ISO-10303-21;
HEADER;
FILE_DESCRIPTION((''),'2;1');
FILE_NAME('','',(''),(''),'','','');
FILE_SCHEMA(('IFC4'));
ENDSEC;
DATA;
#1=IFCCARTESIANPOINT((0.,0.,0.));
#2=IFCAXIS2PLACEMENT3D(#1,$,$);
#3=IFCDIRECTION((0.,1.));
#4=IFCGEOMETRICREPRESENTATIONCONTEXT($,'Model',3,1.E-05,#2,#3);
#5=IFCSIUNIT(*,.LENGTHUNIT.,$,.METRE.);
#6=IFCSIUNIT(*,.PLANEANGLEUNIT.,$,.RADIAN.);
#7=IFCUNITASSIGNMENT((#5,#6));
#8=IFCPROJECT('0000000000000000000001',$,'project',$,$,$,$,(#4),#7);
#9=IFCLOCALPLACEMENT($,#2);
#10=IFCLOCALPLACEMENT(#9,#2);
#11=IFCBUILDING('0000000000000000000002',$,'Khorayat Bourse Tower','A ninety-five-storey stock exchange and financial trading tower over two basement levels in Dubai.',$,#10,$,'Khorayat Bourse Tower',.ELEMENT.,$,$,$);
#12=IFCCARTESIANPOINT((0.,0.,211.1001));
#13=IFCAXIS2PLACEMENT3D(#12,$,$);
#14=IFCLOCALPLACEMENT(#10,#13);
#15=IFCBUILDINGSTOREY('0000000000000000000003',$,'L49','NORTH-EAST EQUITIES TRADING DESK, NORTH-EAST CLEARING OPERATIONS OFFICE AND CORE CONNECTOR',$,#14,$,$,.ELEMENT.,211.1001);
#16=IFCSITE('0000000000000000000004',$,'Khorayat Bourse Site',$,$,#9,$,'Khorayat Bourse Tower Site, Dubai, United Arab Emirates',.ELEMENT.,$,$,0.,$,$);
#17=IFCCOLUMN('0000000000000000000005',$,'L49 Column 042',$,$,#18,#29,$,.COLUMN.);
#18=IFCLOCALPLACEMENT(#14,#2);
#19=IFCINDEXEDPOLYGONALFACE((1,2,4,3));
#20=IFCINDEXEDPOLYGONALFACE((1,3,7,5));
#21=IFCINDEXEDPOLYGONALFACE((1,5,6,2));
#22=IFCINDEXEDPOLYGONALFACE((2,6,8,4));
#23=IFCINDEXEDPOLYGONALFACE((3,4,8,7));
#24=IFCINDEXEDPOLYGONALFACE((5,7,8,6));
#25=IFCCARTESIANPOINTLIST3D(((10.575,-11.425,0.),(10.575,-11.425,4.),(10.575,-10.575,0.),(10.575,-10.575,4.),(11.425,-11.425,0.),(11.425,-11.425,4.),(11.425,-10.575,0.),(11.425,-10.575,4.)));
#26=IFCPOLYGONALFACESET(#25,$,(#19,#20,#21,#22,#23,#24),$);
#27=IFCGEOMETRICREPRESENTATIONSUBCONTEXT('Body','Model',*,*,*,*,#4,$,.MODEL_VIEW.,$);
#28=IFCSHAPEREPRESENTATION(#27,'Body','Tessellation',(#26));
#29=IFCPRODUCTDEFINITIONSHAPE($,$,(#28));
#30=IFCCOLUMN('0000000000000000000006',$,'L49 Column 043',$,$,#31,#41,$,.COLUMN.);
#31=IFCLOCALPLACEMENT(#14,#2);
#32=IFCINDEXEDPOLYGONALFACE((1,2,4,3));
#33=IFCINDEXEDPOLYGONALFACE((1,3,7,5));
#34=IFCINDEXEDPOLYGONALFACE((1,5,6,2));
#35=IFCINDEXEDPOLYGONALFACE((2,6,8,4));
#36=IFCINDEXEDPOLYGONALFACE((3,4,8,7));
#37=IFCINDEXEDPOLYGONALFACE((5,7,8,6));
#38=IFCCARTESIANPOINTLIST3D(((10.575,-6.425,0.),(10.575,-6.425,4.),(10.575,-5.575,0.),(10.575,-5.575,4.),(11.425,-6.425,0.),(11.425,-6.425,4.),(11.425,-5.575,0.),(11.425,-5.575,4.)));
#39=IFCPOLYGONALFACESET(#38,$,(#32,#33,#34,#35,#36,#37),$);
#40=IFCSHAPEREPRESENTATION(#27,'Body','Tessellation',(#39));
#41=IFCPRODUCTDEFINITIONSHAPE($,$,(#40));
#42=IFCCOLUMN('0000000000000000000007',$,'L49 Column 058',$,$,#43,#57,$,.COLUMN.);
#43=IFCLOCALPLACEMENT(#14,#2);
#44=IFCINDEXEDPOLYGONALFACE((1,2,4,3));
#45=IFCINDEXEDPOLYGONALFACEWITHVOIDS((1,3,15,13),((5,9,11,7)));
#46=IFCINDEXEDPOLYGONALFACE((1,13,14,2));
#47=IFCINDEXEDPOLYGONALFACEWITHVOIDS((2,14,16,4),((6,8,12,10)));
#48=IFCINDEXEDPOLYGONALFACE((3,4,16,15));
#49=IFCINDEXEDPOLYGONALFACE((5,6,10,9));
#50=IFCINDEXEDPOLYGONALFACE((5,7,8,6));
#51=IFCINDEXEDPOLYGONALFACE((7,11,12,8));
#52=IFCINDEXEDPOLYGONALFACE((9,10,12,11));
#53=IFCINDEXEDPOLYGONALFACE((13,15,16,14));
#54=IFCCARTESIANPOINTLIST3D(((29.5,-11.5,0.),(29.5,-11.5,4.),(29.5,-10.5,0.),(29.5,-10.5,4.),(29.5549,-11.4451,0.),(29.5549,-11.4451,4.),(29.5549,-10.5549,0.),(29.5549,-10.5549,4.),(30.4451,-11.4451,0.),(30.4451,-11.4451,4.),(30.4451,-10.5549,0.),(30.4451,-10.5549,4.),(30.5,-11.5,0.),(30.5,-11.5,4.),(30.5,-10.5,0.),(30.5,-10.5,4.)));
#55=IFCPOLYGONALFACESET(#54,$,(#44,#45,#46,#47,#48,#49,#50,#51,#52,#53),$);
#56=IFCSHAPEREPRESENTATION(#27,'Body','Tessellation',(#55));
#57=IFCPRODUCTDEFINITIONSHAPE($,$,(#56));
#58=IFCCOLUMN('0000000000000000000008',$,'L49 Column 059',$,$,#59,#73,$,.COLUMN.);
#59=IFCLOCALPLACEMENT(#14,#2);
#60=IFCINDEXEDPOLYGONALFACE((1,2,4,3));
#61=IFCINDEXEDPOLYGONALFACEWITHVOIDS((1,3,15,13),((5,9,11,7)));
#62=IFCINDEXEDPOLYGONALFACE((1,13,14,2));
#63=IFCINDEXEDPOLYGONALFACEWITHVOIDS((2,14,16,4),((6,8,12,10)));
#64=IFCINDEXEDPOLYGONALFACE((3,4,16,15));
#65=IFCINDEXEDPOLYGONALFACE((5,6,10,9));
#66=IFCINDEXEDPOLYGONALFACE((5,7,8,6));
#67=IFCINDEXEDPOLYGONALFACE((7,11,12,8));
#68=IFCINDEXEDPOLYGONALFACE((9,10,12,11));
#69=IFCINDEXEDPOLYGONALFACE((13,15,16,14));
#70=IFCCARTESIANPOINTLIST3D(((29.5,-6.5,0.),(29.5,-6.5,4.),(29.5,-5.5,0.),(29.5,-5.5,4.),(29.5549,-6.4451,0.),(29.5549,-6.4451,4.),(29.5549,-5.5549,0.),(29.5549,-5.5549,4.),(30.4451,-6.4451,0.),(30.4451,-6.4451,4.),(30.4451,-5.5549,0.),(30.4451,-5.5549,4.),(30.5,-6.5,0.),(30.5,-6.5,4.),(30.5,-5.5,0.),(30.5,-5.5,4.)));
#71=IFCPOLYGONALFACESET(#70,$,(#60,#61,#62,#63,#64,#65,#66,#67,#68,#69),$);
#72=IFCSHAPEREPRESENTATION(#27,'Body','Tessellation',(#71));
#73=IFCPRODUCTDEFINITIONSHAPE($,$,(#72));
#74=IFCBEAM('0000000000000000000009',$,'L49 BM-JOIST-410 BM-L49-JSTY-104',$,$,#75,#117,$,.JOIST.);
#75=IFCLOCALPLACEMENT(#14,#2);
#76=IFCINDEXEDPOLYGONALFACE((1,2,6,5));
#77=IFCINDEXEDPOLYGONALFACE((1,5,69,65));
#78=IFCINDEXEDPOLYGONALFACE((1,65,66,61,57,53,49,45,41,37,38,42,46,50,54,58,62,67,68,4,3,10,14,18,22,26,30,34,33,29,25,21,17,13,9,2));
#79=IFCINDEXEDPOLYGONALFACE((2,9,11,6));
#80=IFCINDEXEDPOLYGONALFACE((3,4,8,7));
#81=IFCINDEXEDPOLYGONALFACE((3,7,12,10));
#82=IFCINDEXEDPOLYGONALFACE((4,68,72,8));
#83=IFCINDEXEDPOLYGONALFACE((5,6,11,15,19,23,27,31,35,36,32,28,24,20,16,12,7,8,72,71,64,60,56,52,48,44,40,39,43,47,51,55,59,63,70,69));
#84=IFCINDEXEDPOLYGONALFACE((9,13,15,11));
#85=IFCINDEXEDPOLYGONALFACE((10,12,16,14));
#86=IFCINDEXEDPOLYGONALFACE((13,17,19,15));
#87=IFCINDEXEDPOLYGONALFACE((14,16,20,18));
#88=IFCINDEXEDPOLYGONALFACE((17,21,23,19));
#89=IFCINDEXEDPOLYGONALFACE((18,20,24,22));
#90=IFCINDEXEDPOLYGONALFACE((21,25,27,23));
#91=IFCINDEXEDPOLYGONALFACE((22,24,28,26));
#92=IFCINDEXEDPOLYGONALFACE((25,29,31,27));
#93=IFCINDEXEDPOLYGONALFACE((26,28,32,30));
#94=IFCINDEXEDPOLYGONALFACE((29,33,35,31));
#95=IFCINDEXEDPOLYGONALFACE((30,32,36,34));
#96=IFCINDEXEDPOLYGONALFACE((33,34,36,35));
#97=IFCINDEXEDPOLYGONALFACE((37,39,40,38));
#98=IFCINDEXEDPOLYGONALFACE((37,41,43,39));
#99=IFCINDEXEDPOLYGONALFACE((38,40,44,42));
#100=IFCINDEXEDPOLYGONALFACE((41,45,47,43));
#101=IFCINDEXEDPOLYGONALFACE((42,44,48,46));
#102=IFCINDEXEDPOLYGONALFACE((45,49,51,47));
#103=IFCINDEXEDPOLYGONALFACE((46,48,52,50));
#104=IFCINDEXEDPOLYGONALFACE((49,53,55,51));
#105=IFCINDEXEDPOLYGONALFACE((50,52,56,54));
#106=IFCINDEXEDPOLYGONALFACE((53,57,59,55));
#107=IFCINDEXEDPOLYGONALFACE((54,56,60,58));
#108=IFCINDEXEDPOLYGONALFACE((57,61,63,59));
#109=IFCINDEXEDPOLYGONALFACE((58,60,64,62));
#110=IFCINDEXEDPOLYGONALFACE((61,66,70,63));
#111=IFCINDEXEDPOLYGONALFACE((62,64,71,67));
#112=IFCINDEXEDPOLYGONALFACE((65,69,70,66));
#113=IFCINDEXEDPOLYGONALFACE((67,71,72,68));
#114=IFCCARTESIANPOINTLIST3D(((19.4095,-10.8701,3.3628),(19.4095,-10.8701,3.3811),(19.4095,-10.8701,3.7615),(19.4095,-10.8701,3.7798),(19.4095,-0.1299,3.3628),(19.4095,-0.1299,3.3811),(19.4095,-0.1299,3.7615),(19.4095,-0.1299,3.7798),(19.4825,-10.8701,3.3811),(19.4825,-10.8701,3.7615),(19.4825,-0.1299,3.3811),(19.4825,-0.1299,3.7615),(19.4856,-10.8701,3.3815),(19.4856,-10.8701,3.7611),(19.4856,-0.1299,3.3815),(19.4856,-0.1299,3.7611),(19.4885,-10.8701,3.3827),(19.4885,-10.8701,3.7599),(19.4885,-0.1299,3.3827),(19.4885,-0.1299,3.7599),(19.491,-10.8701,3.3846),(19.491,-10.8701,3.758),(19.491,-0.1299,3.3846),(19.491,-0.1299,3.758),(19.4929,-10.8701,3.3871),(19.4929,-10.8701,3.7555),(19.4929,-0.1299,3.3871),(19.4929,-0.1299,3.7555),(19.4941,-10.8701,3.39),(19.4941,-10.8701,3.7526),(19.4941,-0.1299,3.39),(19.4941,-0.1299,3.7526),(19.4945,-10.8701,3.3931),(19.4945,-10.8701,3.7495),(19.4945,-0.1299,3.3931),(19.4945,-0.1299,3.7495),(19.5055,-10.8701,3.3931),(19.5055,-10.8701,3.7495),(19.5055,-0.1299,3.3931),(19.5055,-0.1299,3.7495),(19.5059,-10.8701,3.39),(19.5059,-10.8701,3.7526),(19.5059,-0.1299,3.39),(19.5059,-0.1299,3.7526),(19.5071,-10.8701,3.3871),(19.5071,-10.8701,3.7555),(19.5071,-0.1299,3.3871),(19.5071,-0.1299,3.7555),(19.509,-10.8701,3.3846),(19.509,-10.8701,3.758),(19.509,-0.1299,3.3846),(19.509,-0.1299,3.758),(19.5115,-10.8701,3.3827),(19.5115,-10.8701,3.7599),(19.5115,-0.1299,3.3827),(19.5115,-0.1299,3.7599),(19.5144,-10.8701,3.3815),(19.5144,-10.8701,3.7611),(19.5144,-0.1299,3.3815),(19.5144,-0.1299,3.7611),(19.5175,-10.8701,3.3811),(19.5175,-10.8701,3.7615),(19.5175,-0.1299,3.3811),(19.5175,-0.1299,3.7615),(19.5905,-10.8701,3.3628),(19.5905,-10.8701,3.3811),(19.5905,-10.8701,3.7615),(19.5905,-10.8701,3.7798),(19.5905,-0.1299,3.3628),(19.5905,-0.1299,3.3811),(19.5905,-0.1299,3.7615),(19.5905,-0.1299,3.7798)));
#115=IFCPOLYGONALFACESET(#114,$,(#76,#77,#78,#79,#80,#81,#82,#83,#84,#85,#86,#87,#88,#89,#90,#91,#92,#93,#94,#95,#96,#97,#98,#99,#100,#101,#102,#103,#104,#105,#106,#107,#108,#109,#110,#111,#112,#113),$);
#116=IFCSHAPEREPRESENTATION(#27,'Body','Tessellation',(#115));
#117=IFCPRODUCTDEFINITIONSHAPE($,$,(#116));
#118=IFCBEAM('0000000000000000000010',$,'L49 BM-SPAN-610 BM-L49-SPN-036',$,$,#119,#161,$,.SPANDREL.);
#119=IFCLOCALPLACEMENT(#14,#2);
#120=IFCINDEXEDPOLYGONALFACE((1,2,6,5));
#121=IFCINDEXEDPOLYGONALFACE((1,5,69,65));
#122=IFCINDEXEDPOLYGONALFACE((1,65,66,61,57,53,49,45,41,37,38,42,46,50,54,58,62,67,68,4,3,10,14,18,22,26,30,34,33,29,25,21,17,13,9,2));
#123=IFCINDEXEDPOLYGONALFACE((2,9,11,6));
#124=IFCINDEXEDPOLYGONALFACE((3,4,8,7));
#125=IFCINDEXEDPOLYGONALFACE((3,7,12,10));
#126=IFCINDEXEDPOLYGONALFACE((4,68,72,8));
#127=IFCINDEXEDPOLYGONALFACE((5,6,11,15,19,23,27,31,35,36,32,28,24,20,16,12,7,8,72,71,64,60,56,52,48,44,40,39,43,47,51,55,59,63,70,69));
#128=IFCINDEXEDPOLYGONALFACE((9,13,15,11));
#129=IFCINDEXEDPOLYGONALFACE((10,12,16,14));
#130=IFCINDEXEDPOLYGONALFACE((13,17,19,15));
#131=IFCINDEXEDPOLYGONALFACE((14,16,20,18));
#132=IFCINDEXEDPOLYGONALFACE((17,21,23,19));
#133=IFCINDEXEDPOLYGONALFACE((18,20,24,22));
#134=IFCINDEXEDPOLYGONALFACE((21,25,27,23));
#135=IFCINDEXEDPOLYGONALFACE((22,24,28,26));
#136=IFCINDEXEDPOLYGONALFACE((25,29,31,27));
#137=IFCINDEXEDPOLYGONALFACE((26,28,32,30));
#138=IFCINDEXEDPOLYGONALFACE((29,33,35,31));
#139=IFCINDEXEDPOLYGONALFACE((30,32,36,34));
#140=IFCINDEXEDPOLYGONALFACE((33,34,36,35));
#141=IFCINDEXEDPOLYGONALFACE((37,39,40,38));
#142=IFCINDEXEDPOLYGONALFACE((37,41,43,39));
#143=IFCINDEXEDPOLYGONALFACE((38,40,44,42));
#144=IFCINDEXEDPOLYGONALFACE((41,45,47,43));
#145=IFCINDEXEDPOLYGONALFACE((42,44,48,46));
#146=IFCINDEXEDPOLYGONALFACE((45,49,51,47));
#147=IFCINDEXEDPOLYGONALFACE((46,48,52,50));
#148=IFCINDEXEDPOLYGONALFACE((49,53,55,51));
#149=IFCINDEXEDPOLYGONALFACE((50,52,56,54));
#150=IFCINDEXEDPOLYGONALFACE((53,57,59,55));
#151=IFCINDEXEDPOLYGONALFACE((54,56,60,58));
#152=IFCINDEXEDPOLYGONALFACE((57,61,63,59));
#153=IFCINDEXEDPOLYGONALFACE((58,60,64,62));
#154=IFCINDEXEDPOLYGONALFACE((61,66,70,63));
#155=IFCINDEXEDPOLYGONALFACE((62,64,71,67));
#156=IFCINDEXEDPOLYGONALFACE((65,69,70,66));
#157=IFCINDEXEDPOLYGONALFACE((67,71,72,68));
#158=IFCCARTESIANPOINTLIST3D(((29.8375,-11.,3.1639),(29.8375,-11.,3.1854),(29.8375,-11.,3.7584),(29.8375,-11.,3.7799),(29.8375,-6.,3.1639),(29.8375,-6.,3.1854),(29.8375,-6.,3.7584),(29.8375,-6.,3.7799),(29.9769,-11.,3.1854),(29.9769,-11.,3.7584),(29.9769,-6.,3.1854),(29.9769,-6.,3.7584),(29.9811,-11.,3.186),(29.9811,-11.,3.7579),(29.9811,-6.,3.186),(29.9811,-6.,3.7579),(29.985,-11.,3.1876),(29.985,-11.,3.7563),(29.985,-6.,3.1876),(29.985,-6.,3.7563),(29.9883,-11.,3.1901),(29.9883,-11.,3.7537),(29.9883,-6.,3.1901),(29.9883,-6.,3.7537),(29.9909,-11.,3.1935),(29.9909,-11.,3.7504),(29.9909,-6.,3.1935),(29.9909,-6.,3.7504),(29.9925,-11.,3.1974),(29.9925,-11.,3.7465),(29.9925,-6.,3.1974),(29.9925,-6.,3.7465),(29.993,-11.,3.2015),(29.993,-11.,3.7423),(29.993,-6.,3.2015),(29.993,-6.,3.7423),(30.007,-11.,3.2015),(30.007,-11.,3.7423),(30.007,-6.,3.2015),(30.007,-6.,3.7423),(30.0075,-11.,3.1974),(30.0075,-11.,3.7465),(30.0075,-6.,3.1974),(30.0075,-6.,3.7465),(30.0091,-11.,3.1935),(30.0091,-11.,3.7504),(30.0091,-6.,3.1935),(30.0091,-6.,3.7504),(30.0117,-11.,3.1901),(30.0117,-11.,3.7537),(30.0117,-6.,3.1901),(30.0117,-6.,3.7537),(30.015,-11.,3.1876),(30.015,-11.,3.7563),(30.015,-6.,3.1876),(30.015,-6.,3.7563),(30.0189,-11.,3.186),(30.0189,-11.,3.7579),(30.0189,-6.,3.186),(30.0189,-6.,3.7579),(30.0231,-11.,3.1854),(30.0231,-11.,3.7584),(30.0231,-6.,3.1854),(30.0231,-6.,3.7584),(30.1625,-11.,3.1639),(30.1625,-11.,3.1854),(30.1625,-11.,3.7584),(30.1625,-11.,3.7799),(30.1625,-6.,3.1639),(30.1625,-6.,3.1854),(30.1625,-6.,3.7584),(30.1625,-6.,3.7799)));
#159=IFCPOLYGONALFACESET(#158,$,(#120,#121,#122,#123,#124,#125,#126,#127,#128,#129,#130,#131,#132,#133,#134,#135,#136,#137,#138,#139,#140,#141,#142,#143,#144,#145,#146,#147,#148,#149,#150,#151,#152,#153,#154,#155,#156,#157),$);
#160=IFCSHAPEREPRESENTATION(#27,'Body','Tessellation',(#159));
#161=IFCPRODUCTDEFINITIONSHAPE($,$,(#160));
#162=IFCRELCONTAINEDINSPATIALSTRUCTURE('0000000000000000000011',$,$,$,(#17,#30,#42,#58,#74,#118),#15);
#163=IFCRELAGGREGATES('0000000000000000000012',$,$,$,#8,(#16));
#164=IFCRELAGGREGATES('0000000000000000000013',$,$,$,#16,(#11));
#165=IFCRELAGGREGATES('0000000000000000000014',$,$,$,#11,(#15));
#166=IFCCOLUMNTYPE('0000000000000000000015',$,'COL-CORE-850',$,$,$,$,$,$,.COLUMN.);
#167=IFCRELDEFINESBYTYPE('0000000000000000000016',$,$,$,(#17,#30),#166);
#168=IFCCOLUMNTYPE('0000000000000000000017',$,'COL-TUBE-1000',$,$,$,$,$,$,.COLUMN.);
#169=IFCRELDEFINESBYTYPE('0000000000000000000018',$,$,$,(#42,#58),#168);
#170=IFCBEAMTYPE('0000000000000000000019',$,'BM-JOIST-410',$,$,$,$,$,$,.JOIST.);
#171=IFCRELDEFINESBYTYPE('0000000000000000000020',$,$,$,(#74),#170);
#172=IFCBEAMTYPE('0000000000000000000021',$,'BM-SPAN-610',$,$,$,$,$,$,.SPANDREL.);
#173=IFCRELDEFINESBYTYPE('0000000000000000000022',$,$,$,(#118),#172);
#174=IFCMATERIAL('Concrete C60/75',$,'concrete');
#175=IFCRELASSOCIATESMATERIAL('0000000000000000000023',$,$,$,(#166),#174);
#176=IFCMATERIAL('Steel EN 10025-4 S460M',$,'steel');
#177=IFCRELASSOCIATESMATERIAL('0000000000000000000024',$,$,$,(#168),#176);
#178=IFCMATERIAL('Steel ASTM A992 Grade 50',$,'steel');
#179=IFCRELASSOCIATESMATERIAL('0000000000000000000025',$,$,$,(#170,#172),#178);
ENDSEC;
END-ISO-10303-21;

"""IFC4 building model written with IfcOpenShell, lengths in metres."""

from ifc_helpers import new_model, si_unit, direction, frame, origin, origin_2d, place, context, subcontext, project, spatial, rectangle, hollow_rectangle, i_section, extrude, source, transform, mapped, material, material_profile, profile_set, type_object, element, save


model = new_model("IFC4")

# Units and contexts
model_context = context("Model", 3, precision=1e-05, world=origin(), true_north=direction((0.0, 1.0)))
body_context = subcontext(model_context, "Body", "Model", "MODEL_VIEW")
ifc_project = project(units=[si_unit("LENGTHUNIT", "METRE"), si_unit("PLANEANGLEUNIT", "RADIAN")], contexts=[model_context])

# Site, building, storey
site_placement = place(None, origin())
site = spatial("IfcSite", under=ifc_project, at=site_placement, Name="Khorayat Bourse Site", LongName="Khorayat Bourse Tower Site, Dubai, United Arab Emirates", CompositionType="ELEMENT", RefElevation=0.0)
building_placement = place(site_placement, origin())
building = spatial("IfcBuilding", under=site, at=building_placement, Name="Khorayat Bourse Tower", Description="A ninety-five-storey stock exchange and financial trading tower over two basement levels in Dubai.", LongName="Khorayat Bourse Tower", CompositionType="ELEMENT")
storey_placement = place(building_placement, frame((0.0, 0.0, 211.1001)))
storey = spatial("IfcBuildingStorey", under=building, at=storey_placement, Name="L49", Description="NORTH-EAST EQUITIES TRADING DESK, NORTH-EAST CLEARING OPERATIONS OFFICE AND CORE CONNECTOR", CompositionType="ELEMENT", Elevation=211.1001)

# Columns
ifc_material_1 = material(Name="Concrete C60/75", Category="concrete")
ifc_material_profile_1 = material_profile(ifc_material_1, rectangle(XDim=0.8501, YDim=0.8501, at=origin_2d()), Name="RC 850x850")
ifc_profile_set_1 = profile_set([ifc_material_profile_1], Name="Concrete C60/75")
column_type_1 = type_object("IfcColumnType", Name="COL-CORE-850", PredefinedType="COLUMN", material=ifc_profile_set_1)
shared_shape_1 = source(origin(), body_context, "Body", "SweptSolid", [
    extrude(rectangle(XDim=0.8501, YDim=0.8501, at=origin_2d()), origin(), (0.0, 0.0, 1.0), 4.0),
])
for number, where, z_axis, x_axis, name in (
    (1, (11.0, -11.0, 0.0), (0.0, 0.0, 1.0), (1.0, 0.0, 0.0), "L49 Column 042"),
    (2, (11.0, -6.0, 0.0), (0.0, 0.0, 1.0), (1.0, 0.0, 0.0), "L49 Column 043"),
):
    element("IfcColumn", number, at=place(storey_placement, frame(where, z_axis=z_axis, x_axis=x_axis)), inside=storey, type_object=column_type_1, Name=name, PredefinedType="COLUMN", context=body_context, shape_type="MappedRepresentation", body=[
        mapped(shared_shape_1, transform((0.0, 0.0, 0.0), scale=1.0)),
    ])
ifc_material_2 = material(Name="Steel EN 10025-4 S460M", Category="steel")
ifc_material_profile_2 = material_profile(ifc_material_2, hollow_rectangle(XDim=1.0, YDim=1.0, WallThickness=0.0549, at=origin_2d()), Name="BOX 1000x1000x55")
ifc_profile_set_2 = profile_set([ifc_material_profile_2], Name="Steel EN 10025-4 S460M")
column_type_2 = type_object("IfcColumnType", Name="COL-TUBE-1000", PredefinedType="COLUMN", material=ifc_profile_set_2)
shared_shape_2 = source(origin(), body_context, "Body", "SweptSolid", [
    extrude(hollow_rectangle(XDim=1.0, YDim=1.0, WallThickness=0.0549, at=origin_2d()), origin(), (0.0, 0.0, 1.0), 4.0),
])
for number, where, z_axis, x_axis, name in (
    (3, (30.0, -11.0, 0.0), (0.0, 0.0, 1.0), (1.0, 0.0, 0.0), "L49 Column 058"),
    (4, (30.0, -6.0, 0.0), (0.0, 0.0, 1.0), (1.0, 0.0, 0.0), "L49 Column 059"),
):
    element("IfcColumn", number, at=place(storey_placement, frame(where, z_axis=z_axis, x_axis=x_axis)), inside=storey, type_object=column_type_2, Name=name, PredefinedType="COLUMN", context=body_context, shape_type="MappedRepresentation", body=[
        mapped(shared_shape_2, transform((0.0, 0.0, 0.0), scale=1.0)),
    ])

# Beams
ifc_material_3 = material(Name="Steel ASTM A992 Grade 50", Category="steel")
ifc_material_profile_3 = material_profile(ifc_material_3, i_section(OverallWidth=0.1809, OverallDepth=0.417, WebThickness=0.011, FlangeThickness=0.0183, FilletRadius=0.012, at=origin_2d()), Name="W410X85")
ifc_profile_set_3 = profile_set([ifc_material_profile_3], Name="Steel ASTM A992 Grade 50")
beam_type_1 = type_object("IfcBeamType", Name="BM-JOIST-410", PredefinedType="JOIST", material=ifc_profile_set_3)
shared_shape_3 = source(origin(), body_context, "Body", "SweptSolid", [
    extrude(i_section(OverallWidth=0.1809, OverallDepth=0.417, WebThickness=0.011, FlangeThickness=0.0183, FilletRadius=0.012, at=origin_2d()), origin(), (0.0, 0.0, 1.0), 10.7402),
])
beam_1_placement = place(storey_placement, frame((19.5, -10.8701, 3.5713), z_axis=(0.0, 1.0, 0.0), x_axis=(-1.0, 0.0, 0.0)))
element("IfcBeam", 5, at=beam_1_placement, inside=storey, type_object=beam_type_1, Name="L49 BM-JOIST-410 BM-L49-JSTY-104", PredefinedType="JOIST", context=body_context, shape_type="MappedRepresentation", body=[
    mapped(shared_shape_3, transform((0.0, 0.0, 0.0), scale=1.0)),
])
ifc_material_profile_4 = material_profile(ifc_material_3, i_section(OverallWidth=0.325, OverallDepth=0.616, WebThickness=0.0139, FlangeThickness=0.0215, FilletRadius=0.0161, at=origin_2d()), Name="W610X174")
ifc_profile_set_4 = profile_set([ifc_material_profile_4], Name="Steel ASTM A992 Grade 50")
beam_type_2 = type_object("IfcBeamType", Name="BM-SPAN-610", PredefinedType="SPANDREL", material=ifc_profile_set_4)
shared_shape_4 = source(origin(), body_context, "Body", "SweptSolid", [
    extrude(i_section(OverallWidth=0.325, OverallDepth=0.616, WebThickness=0.0139, FlangeThickness=0.0215, FilletRadius=0.0161, at=origin_2d()), origin(), (0.0, 0.0, 1.0), 5.0),
])
beam_2_placement = place(storey_placement, frame((30.0, -11.0, 3.4719), z_axis=(0.0, 1.0, 0.0), x_axis=(-1.0, 0.0, 0.0)))
element("IfcBeam", 6, at=beam_2_placement, inside=storey, type_object=beam_type_2, Name="L49 BM-SPAN-610 BM-L49-SPN-036", PredefinedType="SPANDREL", context=body_context, shape_type="MappedRepresentation", body=[
    mapped(shared_shape_4, transform((0.0, 0.0, 0.0), scale=1.0)),
])

save(model, "model.ifc")
